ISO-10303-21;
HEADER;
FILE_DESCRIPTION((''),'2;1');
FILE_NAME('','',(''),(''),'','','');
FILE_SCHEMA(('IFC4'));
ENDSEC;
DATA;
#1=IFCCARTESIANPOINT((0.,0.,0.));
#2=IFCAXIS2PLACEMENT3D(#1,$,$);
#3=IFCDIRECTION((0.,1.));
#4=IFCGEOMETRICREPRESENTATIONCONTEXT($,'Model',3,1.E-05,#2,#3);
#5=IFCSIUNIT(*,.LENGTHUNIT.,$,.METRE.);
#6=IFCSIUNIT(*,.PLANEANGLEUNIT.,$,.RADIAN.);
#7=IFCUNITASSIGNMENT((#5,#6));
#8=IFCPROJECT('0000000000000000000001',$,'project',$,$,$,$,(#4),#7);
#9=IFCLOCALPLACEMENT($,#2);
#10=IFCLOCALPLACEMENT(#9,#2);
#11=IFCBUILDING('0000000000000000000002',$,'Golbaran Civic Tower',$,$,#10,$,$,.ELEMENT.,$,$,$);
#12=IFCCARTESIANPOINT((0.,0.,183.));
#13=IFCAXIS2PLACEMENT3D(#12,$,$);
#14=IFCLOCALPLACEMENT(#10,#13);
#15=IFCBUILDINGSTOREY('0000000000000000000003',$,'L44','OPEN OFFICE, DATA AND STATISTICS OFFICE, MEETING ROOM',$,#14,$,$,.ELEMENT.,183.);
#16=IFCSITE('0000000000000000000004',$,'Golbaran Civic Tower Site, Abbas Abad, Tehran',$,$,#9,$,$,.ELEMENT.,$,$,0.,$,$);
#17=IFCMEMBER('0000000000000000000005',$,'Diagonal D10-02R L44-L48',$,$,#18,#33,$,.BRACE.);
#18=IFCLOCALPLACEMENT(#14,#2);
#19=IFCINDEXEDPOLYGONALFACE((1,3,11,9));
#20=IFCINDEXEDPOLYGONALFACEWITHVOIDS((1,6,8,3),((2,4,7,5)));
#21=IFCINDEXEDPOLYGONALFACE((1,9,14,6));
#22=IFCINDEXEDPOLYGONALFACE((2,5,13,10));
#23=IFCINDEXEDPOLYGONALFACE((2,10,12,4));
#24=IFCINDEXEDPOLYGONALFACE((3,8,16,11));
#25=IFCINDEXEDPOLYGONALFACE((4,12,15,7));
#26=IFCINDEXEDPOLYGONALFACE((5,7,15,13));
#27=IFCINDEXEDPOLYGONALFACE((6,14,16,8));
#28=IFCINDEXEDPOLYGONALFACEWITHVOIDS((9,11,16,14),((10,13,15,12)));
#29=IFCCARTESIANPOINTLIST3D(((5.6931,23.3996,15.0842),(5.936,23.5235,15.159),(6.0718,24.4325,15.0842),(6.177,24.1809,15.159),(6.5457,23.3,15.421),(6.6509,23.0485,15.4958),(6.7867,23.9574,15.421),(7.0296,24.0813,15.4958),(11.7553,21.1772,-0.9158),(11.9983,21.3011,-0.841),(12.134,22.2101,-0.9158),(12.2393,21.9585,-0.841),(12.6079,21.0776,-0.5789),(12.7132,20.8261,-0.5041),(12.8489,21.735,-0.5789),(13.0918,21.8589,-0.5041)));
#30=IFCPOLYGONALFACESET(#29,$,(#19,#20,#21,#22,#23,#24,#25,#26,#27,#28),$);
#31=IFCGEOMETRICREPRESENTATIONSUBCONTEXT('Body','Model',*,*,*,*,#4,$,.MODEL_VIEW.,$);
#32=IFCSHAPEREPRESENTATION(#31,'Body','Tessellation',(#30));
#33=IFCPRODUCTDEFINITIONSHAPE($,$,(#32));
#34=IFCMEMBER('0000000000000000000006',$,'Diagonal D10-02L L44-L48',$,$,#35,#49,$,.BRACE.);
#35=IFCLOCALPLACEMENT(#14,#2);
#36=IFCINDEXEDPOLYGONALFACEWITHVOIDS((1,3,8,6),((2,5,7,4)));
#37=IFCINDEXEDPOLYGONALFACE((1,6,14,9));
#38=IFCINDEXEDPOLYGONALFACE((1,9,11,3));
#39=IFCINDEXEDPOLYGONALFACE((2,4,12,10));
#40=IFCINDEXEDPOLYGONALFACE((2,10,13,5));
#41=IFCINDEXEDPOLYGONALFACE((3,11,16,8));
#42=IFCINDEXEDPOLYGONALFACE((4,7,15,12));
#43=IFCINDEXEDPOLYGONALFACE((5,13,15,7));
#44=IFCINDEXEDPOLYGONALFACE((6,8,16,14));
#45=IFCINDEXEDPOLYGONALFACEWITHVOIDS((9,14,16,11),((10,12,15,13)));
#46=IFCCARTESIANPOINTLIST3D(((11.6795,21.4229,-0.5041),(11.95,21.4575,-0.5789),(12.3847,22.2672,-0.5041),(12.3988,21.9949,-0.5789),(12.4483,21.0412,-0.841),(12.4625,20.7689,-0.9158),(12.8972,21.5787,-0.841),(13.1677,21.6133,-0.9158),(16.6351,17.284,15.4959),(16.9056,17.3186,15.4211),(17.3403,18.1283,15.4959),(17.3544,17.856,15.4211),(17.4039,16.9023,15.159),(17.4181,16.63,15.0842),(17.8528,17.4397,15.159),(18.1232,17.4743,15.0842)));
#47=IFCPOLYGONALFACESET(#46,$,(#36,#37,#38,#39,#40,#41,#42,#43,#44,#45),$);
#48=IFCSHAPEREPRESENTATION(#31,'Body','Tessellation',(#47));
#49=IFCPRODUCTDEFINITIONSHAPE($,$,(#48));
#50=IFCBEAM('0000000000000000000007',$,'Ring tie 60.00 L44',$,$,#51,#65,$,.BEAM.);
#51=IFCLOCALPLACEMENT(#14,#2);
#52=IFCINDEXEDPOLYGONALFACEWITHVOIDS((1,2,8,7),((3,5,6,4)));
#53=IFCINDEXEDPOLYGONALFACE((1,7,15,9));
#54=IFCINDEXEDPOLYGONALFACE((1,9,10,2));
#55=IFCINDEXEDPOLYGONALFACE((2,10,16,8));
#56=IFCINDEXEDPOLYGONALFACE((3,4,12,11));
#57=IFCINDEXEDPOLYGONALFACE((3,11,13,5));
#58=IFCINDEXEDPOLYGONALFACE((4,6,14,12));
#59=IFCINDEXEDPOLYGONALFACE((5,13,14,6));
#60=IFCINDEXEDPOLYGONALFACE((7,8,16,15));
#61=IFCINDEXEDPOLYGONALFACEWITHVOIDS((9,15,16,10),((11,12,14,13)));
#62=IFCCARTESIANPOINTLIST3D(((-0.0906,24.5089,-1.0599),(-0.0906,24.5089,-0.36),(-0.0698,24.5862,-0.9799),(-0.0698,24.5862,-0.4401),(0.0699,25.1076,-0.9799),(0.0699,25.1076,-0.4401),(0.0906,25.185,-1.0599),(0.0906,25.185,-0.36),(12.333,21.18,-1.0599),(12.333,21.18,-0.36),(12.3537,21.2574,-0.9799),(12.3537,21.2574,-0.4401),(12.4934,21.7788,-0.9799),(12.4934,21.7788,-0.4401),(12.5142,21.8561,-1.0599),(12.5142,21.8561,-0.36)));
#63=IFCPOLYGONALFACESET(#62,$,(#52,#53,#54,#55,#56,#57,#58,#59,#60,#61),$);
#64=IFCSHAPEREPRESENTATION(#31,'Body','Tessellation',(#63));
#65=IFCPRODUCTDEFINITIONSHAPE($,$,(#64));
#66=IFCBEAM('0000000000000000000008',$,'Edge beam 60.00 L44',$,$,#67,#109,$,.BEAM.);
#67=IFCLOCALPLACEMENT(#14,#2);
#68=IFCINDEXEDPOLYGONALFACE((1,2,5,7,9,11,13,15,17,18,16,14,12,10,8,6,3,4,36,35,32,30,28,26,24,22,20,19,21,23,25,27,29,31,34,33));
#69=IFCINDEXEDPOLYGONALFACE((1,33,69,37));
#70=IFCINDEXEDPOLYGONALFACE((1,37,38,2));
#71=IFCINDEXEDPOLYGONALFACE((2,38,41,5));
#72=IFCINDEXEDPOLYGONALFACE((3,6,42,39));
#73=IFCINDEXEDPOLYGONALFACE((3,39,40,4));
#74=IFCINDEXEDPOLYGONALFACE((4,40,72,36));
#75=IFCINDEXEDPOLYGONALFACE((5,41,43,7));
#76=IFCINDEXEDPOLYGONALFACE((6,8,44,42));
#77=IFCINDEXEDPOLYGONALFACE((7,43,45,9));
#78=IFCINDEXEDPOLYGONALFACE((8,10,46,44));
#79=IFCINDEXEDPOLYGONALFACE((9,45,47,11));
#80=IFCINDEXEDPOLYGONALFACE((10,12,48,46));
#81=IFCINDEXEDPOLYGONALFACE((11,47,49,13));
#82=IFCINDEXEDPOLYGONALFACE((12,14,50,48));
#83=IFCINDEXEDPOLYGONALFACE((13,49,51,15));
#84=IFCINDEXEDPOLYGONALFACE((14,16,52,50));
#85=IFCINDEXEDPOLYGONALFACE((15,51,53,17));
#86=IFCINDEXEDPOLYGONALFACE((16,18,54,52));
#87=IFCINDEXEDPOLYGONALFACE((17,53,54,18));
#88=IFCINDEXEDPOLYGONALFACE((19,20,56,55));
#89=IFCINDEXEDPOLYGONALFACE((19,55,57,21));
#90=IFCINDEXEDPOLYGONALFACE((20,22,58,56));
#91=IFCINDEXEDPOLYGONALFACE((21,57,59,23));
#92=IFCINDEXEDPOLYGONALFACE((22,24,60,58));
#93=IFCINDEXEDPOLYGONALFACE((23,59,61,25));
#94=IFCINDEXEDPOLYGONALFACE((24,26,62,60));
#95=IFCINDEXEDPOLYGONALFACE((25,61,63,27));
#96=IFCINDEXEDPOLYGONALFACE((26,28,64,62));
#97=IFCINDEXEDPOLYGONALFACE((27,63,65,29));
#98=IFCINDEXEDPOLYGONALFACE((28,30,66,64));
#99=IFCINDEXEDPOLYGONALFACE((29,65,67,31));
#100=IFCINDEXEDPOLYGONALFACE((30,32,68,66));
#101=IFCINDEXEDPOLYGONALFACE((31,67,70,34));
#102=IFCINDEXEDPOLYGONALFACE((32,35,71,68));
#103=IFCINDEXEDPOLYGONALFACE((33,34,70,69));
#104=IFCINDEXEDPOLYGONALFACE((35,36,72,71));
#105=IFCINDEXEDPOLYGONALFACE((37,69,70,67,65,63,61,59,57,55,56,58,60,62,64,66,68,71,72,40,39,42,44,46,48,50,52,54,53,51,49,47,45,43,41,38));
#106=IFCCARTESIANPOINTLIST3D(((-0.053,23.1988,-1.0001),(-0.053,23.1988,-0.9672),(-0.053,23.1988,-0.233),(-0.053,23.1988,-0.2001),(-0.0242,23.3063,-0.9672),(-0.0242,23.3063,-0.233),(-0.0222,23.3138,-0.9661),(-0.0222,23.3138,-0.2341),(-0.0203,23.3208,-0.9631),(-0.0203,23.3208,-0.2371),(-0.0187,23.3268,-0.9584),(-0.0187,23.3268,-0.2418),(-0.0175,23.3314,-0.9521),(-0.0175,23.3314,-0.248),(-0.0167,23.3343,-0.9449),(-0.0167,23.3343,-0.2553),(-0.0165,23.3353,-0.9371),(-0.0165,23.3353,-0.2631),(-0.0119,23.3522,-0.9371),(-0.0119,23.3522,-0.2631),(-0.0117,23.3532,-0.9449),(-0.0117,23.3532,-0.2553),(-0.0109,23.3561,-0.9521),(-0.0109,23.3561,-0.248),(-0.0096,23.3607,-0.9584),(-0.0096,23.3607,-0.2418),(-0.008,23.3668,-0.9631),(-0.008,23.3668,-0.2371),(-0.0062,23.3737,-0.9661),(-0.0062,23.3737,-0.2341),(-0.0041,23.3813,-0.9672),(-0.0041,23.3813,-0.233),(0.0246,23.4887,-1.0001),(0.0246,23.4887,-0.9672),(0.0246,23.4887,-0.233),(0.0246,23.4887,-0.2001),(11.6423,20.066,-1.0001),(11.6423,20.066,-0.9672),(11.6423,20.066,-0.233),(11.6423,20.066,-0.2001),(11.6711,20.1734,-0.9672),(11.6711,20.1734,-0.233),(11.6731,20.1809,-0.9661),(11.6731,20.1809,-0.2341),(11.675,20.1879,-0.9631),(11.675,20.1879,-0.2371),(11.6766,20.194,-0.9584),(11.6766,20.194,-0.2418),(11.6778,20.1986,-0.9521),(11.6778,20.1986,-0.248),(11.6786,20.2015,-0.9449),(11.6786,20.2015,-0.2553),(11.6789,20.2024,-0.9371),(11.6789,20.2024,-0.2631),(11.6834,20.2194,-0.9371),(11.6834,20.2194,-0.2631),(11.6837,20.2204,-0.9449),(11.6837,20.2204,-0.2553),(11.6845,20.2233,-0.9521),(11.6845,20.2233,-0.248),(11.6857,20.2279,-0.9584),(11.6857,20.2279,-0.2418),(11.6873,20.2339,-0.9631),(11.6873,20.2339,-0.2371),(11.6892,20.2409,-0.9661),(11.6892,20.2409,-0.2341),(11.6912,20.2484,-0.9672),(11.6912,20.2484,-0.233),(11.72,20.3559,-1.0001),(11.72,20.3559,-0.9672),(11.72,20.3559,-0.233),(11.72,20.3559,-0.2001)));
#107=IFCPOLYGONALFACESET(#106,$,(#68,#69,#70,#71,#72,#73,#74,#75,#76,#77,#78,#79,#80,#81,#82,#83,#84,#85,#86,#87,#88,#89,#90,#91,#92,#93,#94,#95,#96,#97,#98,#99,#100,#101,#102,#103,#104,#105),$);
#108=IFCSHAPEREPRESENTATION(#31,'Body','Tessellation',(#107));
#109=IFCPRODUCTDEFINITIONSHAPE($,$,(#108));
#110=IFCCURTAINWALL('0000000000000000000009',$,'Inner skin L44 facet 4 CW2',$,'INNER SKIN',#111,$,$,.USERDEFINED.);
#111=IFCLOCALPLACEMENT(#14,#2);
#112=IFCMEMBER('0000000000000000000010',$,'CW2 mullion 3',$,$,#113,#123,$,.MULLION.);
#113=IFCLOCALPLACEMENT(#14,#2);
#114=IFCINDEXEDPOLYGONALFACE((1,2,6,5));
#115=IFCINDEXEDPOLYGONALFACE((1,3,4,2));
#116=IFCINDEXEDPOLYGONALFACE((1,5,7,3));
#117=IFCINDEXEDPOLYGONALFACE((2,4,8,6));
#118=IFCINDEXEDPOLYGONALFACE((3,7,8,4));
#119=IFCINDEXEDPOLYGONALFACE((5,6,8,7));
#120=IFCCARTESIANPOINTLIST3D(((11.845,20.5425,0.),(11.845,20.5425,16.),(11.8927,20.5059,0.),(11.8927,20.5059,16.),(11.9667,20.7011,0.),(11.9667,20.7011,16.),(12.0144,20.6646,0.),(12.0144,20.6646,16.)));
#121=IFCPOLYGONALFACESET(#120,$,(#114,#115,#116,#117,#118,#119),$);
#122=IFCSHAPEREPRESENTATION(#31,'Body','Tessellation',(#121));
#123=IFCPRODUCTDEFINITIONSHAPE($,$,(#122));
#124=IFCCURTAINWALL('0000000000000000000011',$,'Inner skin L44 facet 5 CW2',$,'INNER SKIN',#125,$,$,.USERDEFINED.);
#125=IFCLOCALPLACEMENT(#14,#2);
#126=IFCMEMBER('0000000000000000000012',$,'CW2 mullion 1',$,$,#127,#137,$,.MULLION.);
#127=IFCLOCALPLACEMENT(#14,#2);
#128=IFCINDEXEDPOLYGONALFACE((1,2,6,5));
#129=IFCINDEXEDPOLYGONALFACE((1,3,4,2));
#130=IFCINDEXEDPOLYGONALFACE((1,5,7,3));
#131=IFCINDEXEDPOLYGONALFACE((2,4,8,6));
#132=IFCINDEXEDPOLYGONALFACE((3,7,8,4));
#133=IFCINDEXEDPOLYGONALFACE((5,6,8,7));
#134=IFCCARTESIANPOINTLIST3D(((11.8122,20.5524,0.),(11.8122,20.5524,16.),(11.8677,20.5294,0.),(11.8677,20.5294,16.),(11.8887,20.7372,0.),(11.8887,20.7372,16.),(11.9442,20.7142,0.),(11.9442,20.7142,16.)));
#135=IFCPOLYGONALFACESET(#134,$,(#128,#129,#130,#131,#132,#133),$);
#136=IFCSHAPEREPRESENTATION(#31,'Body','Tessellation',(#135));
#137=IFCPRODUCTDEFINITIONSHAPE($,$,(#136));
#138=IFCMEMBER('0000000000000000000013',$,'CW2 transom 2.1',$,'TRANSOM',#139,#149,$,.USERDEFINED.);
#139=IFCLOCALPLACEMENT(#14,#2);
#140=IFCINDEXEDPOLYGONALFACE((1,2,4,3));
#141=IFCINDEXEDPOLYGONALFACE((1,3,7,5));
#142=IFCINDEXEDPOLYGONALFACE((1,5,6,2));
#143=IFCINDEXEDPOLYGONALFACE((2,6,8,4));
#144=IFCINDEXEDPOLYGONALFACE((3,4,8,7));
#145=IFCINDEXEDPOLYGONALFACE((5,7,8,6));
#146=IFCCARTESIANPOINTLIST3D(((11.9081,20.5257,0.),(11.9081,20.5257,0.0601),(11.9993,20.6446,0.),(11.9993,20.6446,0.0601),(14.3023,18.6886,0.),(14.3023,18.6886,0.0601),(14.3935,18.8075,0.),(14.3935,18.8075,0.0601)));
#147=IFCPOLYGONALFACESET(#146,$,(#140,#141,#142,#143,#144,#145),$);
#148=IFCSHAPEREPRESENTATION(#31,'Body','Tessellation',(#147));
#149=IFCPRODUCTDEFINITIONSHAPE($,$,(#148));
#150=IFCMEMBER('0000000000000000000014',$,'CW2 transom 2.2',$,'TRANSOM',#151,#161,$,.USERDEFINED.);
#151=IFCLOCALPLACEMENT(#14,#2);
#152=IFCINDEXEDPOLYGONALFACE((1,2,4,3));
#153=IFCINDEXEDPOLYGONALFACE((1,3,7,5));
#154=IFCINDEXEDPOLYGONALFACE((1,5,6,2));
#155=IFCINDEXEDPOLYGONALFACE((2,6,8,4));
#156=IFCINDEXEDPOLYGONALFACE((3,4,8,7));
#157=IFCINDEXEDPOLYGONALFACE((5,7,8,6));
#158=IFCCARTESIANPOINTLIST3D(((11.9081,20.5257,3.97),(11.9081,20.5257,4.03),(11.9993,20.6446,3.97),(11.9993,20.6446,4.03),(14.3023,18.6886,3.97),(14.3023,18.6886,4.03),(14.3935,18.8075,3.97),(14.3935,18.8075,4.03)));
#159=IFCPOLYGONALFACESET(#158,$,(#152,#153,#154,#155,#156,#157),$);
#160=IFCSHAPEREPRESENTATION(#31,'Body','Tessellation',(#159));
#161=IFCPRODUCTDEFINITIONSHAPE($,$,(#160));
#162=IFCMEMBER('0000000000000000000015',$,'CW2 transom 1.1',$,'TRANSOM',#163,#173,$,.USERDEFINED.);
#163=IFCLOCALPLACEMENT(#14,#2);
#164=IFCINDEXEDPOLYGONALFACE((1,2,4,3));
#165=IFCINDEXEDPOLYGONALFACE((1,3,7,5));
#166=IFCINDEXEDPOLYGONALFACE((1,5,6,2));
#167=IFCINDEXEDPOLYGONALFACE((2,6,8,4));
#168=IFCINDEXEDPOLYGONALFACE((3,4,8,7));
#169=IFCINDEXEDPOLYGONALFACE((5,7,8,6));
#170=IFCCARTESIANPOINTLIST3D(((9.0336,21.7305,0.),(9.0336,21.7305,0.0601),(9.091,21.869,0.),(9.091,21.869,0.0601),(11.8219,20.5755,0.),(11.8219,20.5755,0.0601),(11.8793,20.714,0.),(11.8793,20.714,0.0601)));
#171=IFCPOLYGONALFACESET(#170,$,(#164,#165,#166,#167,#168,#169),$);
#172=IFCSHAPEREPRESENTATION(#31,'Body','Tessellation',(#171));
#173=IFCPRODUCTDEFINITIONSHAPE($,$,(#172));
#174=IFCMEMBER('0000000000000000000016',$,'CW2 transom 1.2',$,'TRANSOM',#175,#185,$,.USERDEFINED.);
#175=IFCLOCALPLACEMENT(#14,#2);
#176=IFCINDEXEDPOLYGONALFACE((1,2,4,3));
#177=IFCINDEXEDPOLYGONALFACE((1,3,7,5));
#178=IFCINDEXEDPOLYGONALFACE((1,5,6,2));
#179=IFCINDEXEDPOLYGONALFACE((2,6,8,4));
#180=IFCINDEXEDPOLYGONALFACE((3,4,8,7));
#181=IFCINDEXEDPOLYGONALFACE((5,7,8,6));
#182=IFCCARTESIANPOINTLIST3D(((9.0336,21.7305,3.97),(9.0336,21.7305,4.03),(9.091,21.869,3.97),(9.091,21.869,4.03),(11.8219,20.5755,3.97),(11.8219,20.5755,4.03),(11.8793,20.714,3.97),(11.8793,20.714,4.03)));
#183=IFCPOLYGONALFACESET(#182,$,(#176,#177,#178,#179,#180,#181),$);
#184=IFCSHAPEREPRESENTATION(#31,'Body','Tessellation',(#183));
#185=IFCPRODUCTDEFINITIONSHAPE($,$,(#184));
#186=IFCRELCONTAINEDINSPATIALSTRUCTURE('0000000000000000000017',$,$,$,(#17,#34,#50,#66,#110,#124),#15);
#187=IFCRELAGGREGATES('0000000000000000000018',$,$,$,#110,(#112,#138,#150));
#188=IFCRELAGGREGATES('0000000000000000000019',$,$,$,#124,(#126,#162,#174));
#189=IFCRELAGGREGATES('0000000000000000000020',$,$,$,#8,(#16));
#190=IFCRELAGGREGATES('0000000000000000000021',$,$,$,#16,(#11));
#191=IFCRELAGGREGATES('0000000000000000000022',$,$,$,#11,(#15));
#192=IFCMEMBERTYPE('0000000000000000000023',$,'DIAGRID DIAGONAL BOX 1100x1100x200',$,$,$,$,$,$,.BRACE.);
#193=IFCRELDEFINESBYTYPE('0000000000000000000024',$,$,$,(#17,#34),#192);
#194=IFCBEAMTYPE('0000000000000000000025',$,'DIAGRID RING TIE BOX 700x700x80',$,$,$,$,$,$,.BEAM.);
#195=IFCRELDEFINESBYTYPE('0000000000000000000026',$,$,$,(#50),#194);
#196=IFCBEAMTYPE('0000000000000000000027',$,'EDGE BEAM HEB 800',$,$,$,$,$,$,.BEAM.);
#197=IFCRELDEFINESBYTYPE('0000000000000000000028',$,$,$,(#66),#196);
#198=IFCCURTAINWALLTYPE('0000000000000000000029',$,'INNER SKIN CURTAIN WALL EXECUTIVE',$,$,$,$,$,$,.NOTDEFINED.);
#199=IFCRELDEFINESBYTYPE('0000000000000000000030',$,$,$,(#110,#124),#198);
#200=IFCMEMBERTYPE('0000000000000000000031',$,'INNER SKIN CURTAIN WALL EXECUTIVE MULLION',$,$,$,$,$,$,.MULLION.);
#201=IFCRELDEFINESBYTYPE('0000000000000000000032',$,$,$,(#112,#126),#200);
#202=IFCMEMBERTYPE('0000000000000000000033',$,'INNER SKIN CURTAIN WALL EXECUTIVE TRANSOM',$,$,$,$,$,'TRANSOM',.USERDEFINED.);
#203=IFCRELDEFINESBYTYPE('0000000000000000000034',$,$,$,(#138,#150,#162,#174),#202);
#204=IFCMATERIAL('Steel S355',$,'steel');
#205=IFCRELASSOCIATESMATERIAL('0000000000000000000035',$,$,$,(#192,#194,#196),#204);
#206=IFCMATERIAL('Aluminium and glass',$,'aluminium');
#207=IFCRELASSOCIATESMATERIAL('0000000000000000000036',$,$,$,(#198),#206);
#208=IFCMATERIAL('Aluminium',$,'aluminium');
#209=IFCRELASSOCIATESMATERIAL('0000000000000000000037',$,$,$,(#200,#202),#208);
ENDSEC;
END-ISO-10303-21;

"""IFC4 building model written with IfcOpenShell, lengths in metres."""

from ifc_helpers import new_model, si_unit, direction, frame, origin, origin_2d, place, context, subcontext, project, spatial, rectangle, hollow_rectangle, i_section, extrude, material, material_profile, profile_set, type_object, element, aggregate, save


model = new_model("IFC4")

# Units and contexts
model_context = context("Model", 3, precision=1e-05, world=origin(), true_north=direction((0.0, 1.0)))
body_context = subcontext(model_context, "Body", "Model", "MODEL_VIEW")
ifc_project = project(units=[si_unit("LENGTHUNIT", "METRE"), si_unit("PLANEANGLEUNIT", "RADIAN")], contexts=[model_context])

# Site, building, storey
site_placement = place(None, origin())
site = spatial("IfcSite", under=ifc_project, at=site_placement, Name="Golbaran Civic Tower Site, Abbas Abad, Tehran", CompositionType="ELEMENT", RefElevation=0.0)
building_placement = place(site_placement, origin())
building = spatial("IfcBuilding", under=site, at=building_placement, Name="Golbaran Civic Tower", CompositionType="ELEMENT")
storey_placement = place(building_placement, frame((0.0, 0.0, 183.0)))
storey = spatial("IfcBuildingStorey", under=building, at=storey_placement, Name="L44", Description="OPEN OFFICE, DATA AND STATISTICS OFFICE, MEETING ROOM", CompositionType="ELEMENT", Elevation=183.0)

# Members
ifc_material_1 = material(Name="Steel S355", Category="steel")
ifc_material_profile_1 = material_profile(ifc_material_1, hollow_rectangle(XDim=1.1001, YDim=1.1001, WallThickness=0.2, at=origin_2d()), Name="BOX 1100x1100x200")
ifc_profile_set_1 = profile_set([ifc_material_profile_1], Name="Steel S355")
member_type_1 = type_object("IfcMemberType", Name="DIAGRID DIAGONAL BOX 1100x1100x200", PredefinedType="BRACE", material=ifc_profile_set_1)
for number, where, z_axis, x_axis, name in (
    (1, (12.4236, 21.5181, -0.71), (-0.35136, 0.128808, 0.927337), (-0.344198, -0.938897, 0.0), "Diagonal D10-02R L44-L48"),
    (2, (12.4236, 21.5181, -0.71), (0.287219, -0.239886, 0.92734), (0.641032, 0.767514, 0.0), "Diagonal D10-02L L44-L48"),
):
    element("IfcMember", number, at=place(storey_placement, frame(where, z_axis=z_axis, x_axis=x_axis)), inside=storey, type_object=member_type_1, Name=name, PredefinedType="BRACE", context=body_context, shape_type="SweptSolid", body=[
        extrude(hollow_rectangle(XDim=1.1001, YDim=1.1001, WallThickness=0.2, at=origin_2d()), origin(), (0.0, 0.0, 1.0), 17.2537),
    ])

# Beams
ifc_material_profile_2 = material_profile(ifc_material_1, hollow_rectangle(XDim=0.7, YDim=0.7, WallThickness=0.0801, at=origin_2d()), Name="BOX 700x700x80")
ifc_profile_set_2 = profile_set([ifc_material_profile_2], Name="Steel S355")
beam_type_1 = type_object("IfcBeamType", Name="DIAGRID RING TIE BOX 700x700x80", PredefinedType="BEAM", material=ifc_profile_set_2)
beam_1_placement = place(storey_placement, frame((12.4236, 21.5181, -0.71), z_axis=(-0.965926, 0.258817, 0.0), x_axis=(-0.258817, -0.965926, 0.0)))
element("IfcBeam", 3, at=beam_1_placement, inside=storey, type_object=beam_type_1, Name="Ring tie 60.00 L44", PredefinedType="BEAM", context=body_context, shape_type="SweptSolid", body=[
    extrude(hollow_rectangle(XDim=0.7, YDim=0.7, WallThickness=0.0801, at=origin_2d()), origin(), (0.0, 0.0, 1.0), 12.8618),
])
ifc_material_profile_3 = material_profile(ifc_material_1, i_section(OverallWidth=0.3, OverallDepth=0.8, WebThickness=0.0176, FlangeThickness=0.033, FilletRadius=0.03, at=origin_2d()), Name="HEB 800")
ifc_profile_set_3 = profile_set([ifc_material_profile_3], Name="Steel S355")
beam_type_2 = type_object("IfcBeamType", Name="EDGE BEAM HEB 800", PredefinedType="BEAM", material=ifc_profile_set_3)
beam_2_placement = place(storey_placement, frame((11.6812, 20.2109, -0.6001), z_axis=(-0.965945, 0.258747, 0.0), x_axis=(-0.258747, -0.965945, 0.0)))
element("IfcBeam", 4, at=beam_2_placement, inside=storey, type_object=beam_type_2, Name="Edge beam 60.00 L44", PredefinedType="BEAM", context=body_context, shape_type="SweptSolid", body=[
    extrude(i_section(OverallWidth=0.3, OverallDepth=0.8, WebThickness=0.0176, FlangeThickness=0.033, FilletRadius=0.03, at=origin_2d()), origin(), (0.0, 0.0, 1.0), 12.1077),
])

# Curtain walls, members
ifc_material_2 = material(Name="Aluminium and glass", Category="aluminium")
curtain_wall_type_1 = type_object("IfcCurtainWallType", Name="INNER SKIN CURTAIN WALL EXECUTIVE", PredefinedType="NOTDEFINED", material=ifc_material_2)
curtain_wall_1_placement = place(storey_placement, origin())
curtain_wall_1 = element("IfcCurtainWall", 5, at=curtain_wall_1_placement, inside=storey, type_object=curtain_wall_type_1, Name="Inner skin L44 facet 4 CW2", ObjectType="INNER SKIN", PredefinedType="USERDEFINED")
ifc_material_3 = material(Name="Aluminium", Category="aluminium")
ifc_material_profile_4 = material_profile(ifc_material_3, rectangle(XDim=0.2, YDim=0.0601, at=origin_2d()), Name="INNER SKIN CURTAIN WALL EXECUTIVE MULLION")
ifc_profile_set_4 = profile_set([ifc_material_profile_4], Name="Aluminium")
member_type_2 = type_object("IfcMemberType", Name="INNER SKIN CURTAIN WALL EXECUTIVE MULLION", PredefinedType="MULLION", material=ifc_profile_set_4)
member_1_placement = place(storey_placement, frame((11.9297, 20.6035, 0.0), z_axis=(0.0, 0.0, 1.0), x_axis=(-0.608761, -0.793353, 0.0)))
member_1 = element("IfcMember", 6, at=member_1_placement, type_object=member_type_2, Name="CW2 mullion 3", PredefinedType="MULLION", context=body_context, shape_type="SweptSolid", body=[
    extrude(rectangle(XDim=0.2, YDim=0.0601, at=origin_2d()), origin(), (0.0, 0.0, 1.0), 16.0),
])
curtain_wall_2_placement = place(storey_placement, origin())
curtain_wall_2 = element("IfcCurtainWall", 7, at=curtain_wall_2_placement, inside=storey, type_object=curtain_wall_type_1, Name="Inner skin L44 facet 5 CW2", ObjectType="INNER SKIN", PredefinedType="USERDEFINED")
member_2_placement = place(storey_placement, frame((11.8782, 20.6333, 0.0), z_axis=(0.0, 0.0, 1.0), x_axis=(-0.382683, -0.92388, 0.0)))
member_2 = element("IfcMember", 8, at=member_2_placement, type_object=member_type_2, Name="CW2 mullion 1", PredefinedType="MULLION", context=body_context, shape_type="SweptSolid", body=[
    extrude(rectangle(XDim=0.2, YDim=0.0601, at=origin_2d()), origin(), (0.0, 0.0, 1.0), 16.0),
])

# Members
ifc_material_profile_5 = material_profile(ifc_material_3, rectangle(XDim=0.1499, YDim=0.0601, at=origin_2d()), Name="INNER SKIN CURTAIN WALL EXECUTIVE TRANSOM")
ifc_profile_set_5 = profile_set([ifc_material_profile_5], Name="Aluminium")
member_type_3 = type_object("IfcMemberType", Name="INNER SKIN CURTAIN WALL EXECUTIVE TRANSOM", ElementType="TRANSOM", PredefinedType="USERDEFINED", material=ifc_profile_set_5)
member_3_placement = place(storey_placement, frame((14.3479, 18.748, 0.03), z_axis=(-0.79336, 0.608752, 0.0), x_axis=(-0.608752, -0.79336, 0.0)))
member_3 = element("IfcMember", 9, at=member_3_placement, type_object=member_type_3, Name="CW2 transom 2.1", ObjectType="TRANSOM", PredefinedType="USERDEFINED", context=body_context, shape_type="SweptSolid", body=[
    extrude(rectangle(XDim=0.1499, YDim=0.0601, at=origin_2d()), origin(), (0.0, 0.0, 1.0), 3.0178),
])
member_4_placement = place(storey_placement, frame((14.3479, 18.748, 4.0), z_axis=(-0.79336, 0.608752, 0.0), x_axis=(-0.608752, -0.79336, 0.0)))
member_4 = element("IfcMember", 10, at=member_4_placement, type_object=member_type_3, Name="CW2 transom 2.2", ObjectType="TRANSOM", PredefinedType="USERDEFINED", context=body_context, shape_type="SweptSolid", body=[
    extrude(rectangle(XDim=0.1499, YDim=0.0601, at=origin_2d()), origin(), (0.0, 0.0, 1.0), 3.0178),
])
member_5_placement = place(storey_placement, frame((11.8506, 20.6448, 0.03), z_axis=(-0.923872, 0.382702, 0.0), x_axis=(-0.382702, -0.923872, 0.0)))
member_5 = element("IfcMember", 11, at=member_5_placement, type_object=member_type_3, Name="CW2 transom 1.1", ObjectType="TRANSOM", PredefinedType="USERDEFINED", context=body_context, shape_type="SweptSolid", body=[
    extrude(rectangle(XDim=0.1499, YDim=0.0601, at=origin_2d()), origin(), (0.0, 0.0, 1.0), 3.0181),
])
member_6_placement = place(storey_placement, frame((11.8506, 20.6448, 4.0), z_axis=(-0.923872, 0.382702, 0.0), x_axis=(-0.382702, -0.923872, 0.0)))
member_6 = element("IfcMember", 12, at=member_6_placement, type_object=member_type_3, Name="CW2 transom 1.2", ObjectType="TRANSOM", PredefinedType="USERDEFINED", context=body_context, shape_type="SweptSolid", body=[
    extrude(rectangle(XDim=0.1499, YDim=0.0601, at=origin_2d()), origin(), (0.0, 0.0, 1.0), 3.0181),
])

aggregate(curtain_wall_1, [member_1, member_3, member_4])
aggregate(curtain_wall_2, [member_2, member_5, member_6])

save(model, "model.ifc")
